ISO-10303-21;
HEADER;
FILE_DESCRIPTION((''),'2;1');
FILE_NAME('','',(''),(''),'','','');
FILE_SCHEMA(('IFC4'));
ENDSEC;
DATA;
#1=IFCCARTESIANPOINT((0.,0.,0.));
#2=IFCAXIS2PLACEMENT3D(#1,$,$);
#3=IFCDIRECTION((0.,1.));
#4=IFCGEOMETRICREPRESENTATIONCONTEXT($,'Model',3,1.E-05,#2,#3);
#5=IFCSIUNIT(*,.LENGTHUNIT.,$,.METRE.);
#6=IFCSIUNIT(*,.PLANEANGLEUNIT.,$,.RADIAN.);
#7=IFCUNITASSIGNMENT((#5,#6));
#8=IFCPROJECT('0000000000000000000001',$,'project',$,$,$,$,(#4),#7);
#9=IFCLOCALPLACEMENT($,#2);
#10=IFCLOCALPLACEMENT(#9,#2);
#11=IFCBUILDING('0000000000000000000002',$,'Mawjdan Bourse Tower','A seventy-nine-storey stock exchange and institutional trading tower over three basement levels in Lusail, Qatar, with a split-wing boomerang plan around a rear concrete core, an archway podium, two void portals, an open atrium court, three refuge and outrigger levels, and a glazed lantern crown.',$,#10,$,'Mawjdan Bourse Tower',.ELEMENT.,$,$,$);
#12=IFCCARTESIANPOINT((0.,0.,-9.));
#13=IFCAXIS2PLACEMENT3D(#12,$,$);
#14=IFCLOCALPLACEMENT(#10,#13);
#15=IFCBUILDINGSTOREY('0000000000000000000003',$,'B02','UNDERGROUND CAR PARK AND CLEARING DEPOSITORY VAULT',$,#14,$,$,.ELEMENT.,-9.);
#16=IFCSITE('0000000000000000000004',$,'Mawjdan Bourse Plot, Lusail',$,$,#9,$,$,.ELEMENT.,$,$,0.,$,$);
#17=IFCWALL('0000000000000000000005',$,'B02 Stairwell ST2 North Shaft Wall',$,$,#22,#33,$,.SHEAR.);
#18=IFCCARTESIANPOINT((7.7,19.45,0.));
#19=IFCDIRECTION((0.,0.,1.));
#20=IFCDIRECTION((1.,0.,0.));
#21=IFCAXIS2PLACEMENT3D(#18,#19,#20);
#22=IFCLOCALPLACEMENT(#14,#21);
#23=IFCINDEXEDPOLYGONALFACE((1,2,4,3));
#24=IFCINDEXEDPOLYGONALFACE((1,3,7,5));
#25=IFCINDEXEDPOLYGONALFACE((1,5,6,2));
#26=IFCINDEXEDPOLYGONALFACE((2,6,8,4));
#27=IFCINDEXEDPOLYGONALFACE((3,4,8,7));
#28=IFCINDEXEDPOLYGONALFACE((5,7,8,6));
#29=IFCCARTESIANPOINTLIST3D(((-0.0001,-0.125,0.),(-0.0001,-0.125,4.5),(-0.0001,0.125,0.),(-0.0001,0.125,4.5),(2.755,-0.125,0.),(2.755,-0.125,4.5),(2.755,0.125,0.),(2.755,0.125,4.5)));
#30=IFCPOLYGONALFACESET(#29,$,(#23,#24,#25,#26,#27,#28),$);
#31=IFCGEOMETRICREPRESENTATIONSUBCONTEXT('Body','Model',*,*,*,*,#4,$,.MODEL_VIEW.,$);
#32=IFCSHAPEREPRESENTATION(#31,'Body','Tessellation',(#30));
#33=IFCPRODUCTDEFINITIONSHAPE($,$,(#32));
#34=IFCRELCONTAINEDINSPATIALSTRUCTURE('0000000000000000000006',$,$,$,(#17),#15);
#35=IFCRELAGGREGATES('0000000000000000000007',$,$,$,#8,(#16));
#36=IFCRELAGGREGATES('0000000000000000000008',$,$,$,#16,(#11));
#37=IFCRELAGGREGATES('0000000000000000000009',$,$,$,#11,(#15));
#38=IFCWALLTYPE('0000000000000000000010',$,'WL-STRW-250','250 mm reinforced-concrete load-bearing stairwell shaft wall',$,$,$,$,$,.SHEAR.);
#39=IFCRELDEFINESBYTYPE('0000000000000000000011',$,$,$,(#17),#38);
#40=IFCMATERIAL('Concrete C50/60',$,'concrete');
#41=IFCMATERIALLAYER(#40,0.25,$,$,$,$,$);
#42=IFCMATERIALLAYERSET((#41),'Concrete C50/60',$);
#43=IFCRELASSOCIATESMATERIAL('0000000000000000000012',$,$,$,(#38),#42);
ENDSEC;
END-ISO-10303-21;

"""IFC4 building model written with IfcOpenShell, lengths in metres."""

from ifc_helpers import new_model, si_unit, direction, frame, frame_2d, origin, place, context, subcontext, project, spatial, rectangle, extrude, material, layer, layer_set, type_object, element, save


model = new_model("IFC4")

# Units and contexts
model_context = context("Model", 3, precision=1e-05, world=origin(), true_north=direction((0.0, 1.0)))
body_context = subcontext(model_context, "Body", "Model", "MODEL_VIEW")
ifc_project = project(units=[si_unit("LENGTHUNIT", "METRE"), si_unit("PLANEANGLEUNIT", "RADIAN")], contexts=[model_context])

# Site, building, storey
site_placement = place(None, origin())
site = spatial("IfcSite", under=ifc_project, at=site_placement, Name="Mawjdan Bourse Plot, Lusail", CompositionType="ELEMENT", RefElevation=0.0)
building_placement = place(site_placement, origin())
building = spatial("IfcBuilding", under=site, at=building_placement, Name="Mawjdan Bourse Tower", Description="A seventy-nine-storey stock exchange and institutional trading tower over three basement levels in Lusail, Qatar, with a split-wing boomerang plan around a rear concrete core, an archway podium, two void portals, an open atrium court, three refuge and outrigger levels, and a glazed lantern crown.", LongName="Mawjdan Bourse Tower", CompositionType="ELEMENT")
storey_placement = place(building_placement, frame((0.0, 0.0, -9.0)))
storey = spatial("IfcBuildingStorey", under=building, at=storey_placement, Name="B02", Description="UNDERGROUND CAR PARK AND CLEARING DEPOSITORY VAULT", CompositionType="ELEMENT", Elevation=-9.0)

# Wall
ifc_material_1 = material(Name="Concrete C50/60", Category="concrete")
ifc_layer_1 = layer(ifc_material_1, 0.25)
ifc_layer_set_1 = layer_set([ifc_layer_1], Name="Concrete C50/60")
wall_type_1 = type_object("IfcWallType", Name="WL-STRW-250", Description="250 mm reinforced-concrete load-bearing stairwell shaft wall", PredefinedType="SHEAR", material=ifc_layer_set_1)
wall_1_placement = place(storey_placement, frame((7.7, 19.45, 0.0), z_axis=(0.0, 0.0, 1.0), x_axis=(1.0, 0.0, 0.0)))
element("IfcWall", 1, at=wall_1_placement, inside=storey, type_object=wall_type_1, Name="B02 Stairwell ST2 North Shaft Wall", PredefinedType="SHEAR", context=body_context, shape_type="SweptSolid", body=[
    extrude(rectangle(XDim=2.7551, YDim=0.25, at=frame_2d((1.3774, 0.0))), origin(), (0.0, 0.0, 1.0), 4.5),
])

save(model, "model.ifc")
